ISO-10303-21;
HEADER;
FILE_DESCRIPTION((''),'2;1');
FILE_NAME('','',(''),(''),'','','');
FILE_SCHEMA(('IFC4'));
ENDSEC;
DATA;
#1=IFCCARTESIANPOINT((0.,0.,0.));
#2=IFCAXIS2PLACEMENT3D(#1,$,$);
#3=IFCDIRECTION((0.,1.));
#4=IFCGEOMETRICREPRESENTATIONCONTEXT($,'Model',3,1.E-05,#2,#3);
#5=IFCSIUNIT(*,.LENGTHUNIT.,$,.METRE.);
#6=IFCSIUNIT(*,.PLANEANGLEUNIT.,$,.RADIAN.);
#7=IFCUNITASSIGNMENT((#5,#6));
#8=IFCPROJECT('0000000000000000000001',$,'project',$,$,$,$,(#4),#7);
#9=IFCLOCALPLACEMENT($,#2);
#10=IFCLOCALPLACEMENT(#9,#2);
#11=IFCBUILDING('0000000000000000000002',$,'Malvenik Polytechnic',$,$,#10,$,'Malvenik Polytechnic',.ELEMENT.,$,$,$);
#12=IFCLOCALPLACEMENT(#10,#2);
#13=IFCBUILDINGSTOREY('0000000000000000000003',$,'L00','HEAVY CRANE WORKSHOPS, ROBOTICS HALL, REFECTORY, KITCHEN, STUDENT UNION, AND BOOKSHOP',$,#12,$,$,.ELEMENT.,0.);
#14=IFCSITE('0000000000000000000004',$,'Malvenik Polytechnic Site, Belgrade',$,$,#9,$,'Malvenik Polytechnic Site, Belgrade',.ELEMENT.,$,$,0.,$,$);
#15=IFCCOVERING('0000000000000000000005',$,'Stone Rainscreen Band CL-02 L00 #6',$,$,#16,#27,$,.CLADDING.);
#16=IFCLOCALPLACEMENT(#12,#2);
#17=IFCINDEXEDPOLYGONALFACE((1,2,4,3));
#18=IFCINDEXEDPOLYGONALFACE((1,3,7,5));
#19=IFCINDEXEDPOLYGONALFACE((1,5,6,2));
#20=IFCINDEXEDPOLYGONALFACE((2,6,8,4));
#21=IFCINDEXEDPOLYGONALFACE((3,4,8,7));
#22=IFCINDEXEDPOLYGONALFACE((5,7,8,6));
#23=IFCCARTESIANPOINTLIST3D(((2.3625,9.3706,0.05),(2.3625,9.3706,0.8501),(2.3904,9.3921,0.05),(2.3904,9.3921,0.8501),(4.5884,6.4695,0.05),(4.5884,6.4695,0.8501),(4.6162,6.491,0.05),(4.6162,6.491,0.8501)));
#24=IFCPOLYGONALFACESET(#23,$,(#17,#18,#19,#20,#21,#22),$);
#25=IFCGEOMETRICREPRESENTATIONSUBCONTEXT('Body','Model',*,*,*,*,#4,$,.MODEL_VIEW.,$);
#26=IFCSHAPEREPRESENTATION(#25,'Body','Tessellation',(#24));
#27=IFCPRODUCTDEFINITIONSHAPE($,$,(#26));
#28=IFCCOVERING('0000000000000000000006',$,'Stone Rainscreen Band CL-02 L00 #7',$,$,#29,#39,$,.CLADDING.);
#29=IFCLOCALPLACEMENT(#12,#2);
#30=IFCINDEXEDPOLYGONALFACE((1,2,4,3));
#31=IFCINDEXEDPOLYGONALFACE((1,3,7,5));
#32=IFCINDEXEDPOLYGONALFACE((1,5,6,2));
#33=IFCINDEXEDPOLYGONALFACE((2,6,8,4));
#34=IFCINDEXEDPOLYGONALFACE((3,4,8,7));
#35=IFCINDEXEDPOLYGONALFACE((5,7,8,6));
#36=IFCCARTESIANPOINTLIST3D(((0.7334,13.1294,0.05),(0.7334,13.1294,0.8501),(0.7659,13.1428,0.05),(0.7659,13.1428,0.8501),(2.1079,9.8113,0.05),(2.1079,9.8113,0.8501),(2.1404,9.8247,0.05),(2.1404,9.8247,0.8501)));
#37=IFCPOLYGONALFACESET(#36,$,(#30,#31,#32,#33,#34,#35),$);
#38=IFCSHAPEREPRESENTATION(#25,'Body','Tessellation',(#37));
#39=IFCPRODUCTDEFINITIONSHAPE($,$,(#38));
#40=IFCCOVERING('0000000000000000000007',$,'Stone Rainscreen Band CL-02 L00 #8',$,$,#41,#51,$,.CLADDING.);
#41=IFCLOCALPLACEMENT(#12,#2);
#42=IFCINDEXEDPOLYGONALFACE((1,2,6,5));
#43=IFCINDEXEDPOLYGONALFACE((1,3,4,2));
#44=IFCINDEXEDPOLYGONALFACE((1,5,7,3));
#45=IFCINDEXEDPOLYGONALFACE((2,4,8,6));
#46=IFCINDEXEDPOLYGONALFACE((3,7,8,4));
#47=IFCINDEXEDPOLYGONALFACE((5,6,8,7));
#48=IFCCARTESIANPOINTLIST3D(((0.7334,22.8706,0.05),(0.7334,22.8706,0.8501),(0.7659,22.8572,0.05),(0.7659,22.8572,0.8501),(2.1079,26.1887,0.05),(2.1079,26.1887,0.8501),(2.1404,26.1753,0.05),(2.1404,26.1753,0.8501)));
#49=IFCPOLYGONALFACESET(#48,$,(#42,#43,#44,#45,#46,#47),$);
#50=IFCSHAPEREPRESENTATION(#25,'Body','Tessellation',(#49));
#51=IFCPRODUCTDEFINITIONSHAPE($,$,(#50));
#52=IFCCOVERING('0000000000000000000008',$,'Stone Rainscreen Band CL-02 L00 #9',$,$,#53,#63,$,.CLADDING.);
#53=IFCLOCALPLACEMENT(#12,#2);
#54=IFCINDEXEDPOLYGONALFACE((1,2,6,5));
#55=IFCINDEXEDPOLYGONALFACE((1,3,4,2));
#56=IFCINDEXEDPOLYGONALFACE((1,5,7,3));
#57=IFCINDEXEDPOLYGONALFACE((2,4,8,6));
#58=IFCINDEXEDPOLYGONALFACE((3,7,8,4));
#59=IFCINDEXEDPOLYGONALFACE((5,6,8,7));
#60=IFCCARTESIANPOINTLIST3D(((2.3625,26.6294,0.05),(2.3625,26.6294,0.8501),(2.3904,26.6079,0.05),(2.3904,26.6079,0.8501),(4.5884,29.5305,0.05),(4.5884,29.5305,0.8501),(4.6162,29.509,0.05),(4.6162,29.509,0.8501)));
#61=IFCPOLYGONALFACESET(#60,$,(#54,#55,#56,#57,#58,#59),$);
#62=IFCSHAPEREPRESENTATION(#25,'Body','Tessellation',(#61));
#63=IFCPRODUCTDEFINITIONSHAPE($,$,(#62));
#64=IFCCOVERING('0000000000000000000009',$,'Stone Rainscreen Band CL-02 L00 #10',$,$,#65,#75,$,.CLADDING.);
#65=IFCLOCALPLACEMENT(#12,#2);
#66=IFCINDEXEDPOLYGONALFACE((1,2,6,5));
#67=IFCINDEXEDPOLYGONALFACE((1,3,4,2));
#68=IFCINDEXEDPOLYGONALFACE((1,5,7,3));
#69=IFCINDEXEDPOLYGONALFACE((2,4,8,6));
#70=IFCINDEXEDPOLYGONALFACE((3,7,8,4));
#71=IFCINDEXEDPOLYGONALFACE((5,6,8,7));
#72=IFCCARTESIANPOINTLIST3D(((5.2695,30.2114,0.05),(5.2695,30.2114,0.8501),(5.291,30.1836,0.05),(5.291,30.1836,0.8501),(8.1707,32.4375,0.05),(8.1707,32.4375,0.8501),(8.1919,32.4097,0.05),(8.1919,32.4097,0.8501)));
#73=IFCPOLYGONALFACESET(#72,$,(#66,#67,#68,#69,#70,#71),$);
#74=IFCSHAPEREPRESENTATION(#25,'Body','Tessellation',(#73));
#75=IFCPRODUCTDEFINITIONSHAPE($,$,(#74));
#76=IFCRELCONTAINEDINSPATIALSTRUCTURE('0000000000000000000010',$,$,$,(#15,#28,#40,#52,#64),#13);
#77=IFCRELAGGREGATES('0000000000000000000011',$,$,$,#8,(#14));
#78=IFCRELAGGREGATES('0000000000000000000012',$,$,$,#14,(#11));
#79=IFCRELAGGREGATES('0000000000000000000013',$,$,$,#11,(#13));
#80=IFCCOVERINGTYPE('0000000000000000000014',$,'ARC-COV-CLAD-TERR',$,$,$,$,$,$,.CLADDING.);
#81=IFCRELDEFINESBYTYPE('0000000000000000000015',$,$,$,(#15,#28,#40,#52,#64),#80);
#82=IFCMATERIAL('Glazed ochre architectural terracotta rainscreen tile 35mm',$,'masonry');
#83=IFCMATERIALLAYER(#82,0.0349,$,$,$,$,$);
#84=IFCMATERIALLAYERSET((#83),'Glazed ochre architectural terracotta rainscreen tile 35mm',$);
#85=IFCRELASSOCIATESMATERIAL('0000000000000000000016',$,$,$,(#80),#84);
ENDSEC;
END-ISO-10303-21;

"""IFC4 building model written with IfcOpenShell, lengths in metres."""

from ifc_helpers import new_model, si_unit, direction, frame, origin, place, context, subcontext, project, spatial, polyline, outline, extrude, material, layer, layer_set, type_object, element, save


model = new_model("IFC4")

# Units and contexts
model_context = context("Model", 3, precision=1e-05, world=origin(), true_north=direction((0.0, 1.0)))
body_context = subcontext(model_context, "Body", "Model", "MODEL_VIEW")
ifc_project = project(units=[si_unit("LENGTHUNIT", "METRE"), si_unit("PLANEANGLEUNIT", "RADIAN")], contexts=[model_context])

# Site, building, storey
site_placement = place(None, origin())
site = spatial("IfcSite", under=ifc_project, at=site_placement, Name="Malvenik Polytechnic Site, Belgrade", LongName="Malvenik Polytechnic Site, Belgrade", CompositionType="ELEMENT", RefElevation=0.0)
building_placement = place(site_placement, origin())
building = spatial("IfcBuilding", under=site, at=building_placement, Name="Malvenik Polytechnic", LongName="Malvenik Polytechnic", CompositionType="ELEMENT")
storey_placement = place(building_placement, origin())
storey = spatial("IfcBuildingStorey", under=building, at=storey_placement, Name="L00", Description="HEAVY CRANE WORKSHOPS, ROBOTICS HALL, REFECTORY, KITCHEN, STUDENT UNION, AND BOOKSHOP", CompositionType="ELEMENT", Elevation=0.0)

# Coverings
ifc_material_1 = material(Name="Glazed ochre architectural terracotta rainscreen tile 35mm", Category="masonry")
ifc_layer_1 = layer(ifc_material_1, 0.0349)
ifc_layer_set_1 = layer_set([ifc_layer_1], Name="Glazed ochre architectural terracotta rainscreen tile 35mm")
covering_type = type_object("IfcCoveringType", Name="ARC-COV-CLAD-TERR", PredefinedType="CLADDING", material=ifc_layer_set_1)
covering_1_placement = place(storey_placement, frame((0.0, 0.0, 0.05)))
element("IfcCovering", 1, at=covering_1_placement, inside=storey, type_object=covering_type, Name="Stone Rainscreen Band CL-02 L00 #6", PredefinedType="CLADDING", context=body_context, shape_type="SweptSolid", body=[
    extrude(outline(polyline([(4.6162, 6.491), (2.3904, 9.3921), (2.3625, 9.3706), (4.5884, 6.4695), (4.6162, 6.491)])), origin(), (0.0, 0.0, 1.0), 0.8),
])
covering_2_placement = place(storey_placement, frame((0.0, 0.0, 0.05)))
element("IfcCovering", 2, at=covering_2_placement, inside=storey, type_object=covering_type, Name="Stone Rainscreen Band CL-02 L00 #7", PredefinedType="CLADDING", context=body_context, shape_type="SweptSolid", body=[
    extrude(outline(polyline([(2.1404, 9.8247), (0.7659, 13.1428), (0.7334, 13.1294), (2.1079, 9.8113), (2.1404, 9.8247)])), origin(), (0.0, 0.0, 1.0), 0.8),
])
covering_3_placement = place(storey_placement, frame((0.0, 0.0, 0.05)))
element("IfcCovering", 3, at=covering_3_placement, inside=storey, type_object=covering_type, Name="Stone Rainscreen Band CL-02 L00 #8", PredefinedType="CLADDING", context=body_context, shape_type="SweptSolid", body=[
    extrude(outline(polyline([(0.7659, 22.8572), (2.1404, 26.1753), (2.1079, 26.1887), (0.7334, 22.8706), (0.7659, 22.8572)])), origin(), (0.0, 0.0, 1.0), 0.8),
])
covering_4_placement = place(storey_placement, frame((0.0, 0.0, 0.05)))
element("IfcCovering", 4, at=covering_4_placement, inside=storey, type_object=covering_type, Name="Stone Rainscreen Band CL-02 L00 #9", PredefinedType="CLADDING", context=body_context, shape_type="SweptSolid", body=[
    extrude(outline(polyline([(2.3904, 26.6079), (4.6162, 29.509), (4.5884, 29.5305), (2.3625, 26.6294), (2.3904, 26.6079)])), origin(), (0.0, 0.0, 1.0), 0.8),
])
covering_5_placement = place(storey_placement, frame((0.0, 0.0, 0.05)))
element("IfcCovering", 5, at=covering_5_placement, inside=storey, type_object=covering_type, Name="Stone Rainscreen Band CL-02 L00 #10", PredefinedType="CLADDING", context=body_context, shape_type="SweptSolid", body=[
    extrude(outline(polyline([(5.291, 30.1836), (8.1919, 32.4097), (8.1707, 32.4375), (5.2695, 30.2114), (5.291, 30.1836)])), origin(), (0.0, 0.0, 1.0), 0.8),
])

save(model, "model.ifc")
